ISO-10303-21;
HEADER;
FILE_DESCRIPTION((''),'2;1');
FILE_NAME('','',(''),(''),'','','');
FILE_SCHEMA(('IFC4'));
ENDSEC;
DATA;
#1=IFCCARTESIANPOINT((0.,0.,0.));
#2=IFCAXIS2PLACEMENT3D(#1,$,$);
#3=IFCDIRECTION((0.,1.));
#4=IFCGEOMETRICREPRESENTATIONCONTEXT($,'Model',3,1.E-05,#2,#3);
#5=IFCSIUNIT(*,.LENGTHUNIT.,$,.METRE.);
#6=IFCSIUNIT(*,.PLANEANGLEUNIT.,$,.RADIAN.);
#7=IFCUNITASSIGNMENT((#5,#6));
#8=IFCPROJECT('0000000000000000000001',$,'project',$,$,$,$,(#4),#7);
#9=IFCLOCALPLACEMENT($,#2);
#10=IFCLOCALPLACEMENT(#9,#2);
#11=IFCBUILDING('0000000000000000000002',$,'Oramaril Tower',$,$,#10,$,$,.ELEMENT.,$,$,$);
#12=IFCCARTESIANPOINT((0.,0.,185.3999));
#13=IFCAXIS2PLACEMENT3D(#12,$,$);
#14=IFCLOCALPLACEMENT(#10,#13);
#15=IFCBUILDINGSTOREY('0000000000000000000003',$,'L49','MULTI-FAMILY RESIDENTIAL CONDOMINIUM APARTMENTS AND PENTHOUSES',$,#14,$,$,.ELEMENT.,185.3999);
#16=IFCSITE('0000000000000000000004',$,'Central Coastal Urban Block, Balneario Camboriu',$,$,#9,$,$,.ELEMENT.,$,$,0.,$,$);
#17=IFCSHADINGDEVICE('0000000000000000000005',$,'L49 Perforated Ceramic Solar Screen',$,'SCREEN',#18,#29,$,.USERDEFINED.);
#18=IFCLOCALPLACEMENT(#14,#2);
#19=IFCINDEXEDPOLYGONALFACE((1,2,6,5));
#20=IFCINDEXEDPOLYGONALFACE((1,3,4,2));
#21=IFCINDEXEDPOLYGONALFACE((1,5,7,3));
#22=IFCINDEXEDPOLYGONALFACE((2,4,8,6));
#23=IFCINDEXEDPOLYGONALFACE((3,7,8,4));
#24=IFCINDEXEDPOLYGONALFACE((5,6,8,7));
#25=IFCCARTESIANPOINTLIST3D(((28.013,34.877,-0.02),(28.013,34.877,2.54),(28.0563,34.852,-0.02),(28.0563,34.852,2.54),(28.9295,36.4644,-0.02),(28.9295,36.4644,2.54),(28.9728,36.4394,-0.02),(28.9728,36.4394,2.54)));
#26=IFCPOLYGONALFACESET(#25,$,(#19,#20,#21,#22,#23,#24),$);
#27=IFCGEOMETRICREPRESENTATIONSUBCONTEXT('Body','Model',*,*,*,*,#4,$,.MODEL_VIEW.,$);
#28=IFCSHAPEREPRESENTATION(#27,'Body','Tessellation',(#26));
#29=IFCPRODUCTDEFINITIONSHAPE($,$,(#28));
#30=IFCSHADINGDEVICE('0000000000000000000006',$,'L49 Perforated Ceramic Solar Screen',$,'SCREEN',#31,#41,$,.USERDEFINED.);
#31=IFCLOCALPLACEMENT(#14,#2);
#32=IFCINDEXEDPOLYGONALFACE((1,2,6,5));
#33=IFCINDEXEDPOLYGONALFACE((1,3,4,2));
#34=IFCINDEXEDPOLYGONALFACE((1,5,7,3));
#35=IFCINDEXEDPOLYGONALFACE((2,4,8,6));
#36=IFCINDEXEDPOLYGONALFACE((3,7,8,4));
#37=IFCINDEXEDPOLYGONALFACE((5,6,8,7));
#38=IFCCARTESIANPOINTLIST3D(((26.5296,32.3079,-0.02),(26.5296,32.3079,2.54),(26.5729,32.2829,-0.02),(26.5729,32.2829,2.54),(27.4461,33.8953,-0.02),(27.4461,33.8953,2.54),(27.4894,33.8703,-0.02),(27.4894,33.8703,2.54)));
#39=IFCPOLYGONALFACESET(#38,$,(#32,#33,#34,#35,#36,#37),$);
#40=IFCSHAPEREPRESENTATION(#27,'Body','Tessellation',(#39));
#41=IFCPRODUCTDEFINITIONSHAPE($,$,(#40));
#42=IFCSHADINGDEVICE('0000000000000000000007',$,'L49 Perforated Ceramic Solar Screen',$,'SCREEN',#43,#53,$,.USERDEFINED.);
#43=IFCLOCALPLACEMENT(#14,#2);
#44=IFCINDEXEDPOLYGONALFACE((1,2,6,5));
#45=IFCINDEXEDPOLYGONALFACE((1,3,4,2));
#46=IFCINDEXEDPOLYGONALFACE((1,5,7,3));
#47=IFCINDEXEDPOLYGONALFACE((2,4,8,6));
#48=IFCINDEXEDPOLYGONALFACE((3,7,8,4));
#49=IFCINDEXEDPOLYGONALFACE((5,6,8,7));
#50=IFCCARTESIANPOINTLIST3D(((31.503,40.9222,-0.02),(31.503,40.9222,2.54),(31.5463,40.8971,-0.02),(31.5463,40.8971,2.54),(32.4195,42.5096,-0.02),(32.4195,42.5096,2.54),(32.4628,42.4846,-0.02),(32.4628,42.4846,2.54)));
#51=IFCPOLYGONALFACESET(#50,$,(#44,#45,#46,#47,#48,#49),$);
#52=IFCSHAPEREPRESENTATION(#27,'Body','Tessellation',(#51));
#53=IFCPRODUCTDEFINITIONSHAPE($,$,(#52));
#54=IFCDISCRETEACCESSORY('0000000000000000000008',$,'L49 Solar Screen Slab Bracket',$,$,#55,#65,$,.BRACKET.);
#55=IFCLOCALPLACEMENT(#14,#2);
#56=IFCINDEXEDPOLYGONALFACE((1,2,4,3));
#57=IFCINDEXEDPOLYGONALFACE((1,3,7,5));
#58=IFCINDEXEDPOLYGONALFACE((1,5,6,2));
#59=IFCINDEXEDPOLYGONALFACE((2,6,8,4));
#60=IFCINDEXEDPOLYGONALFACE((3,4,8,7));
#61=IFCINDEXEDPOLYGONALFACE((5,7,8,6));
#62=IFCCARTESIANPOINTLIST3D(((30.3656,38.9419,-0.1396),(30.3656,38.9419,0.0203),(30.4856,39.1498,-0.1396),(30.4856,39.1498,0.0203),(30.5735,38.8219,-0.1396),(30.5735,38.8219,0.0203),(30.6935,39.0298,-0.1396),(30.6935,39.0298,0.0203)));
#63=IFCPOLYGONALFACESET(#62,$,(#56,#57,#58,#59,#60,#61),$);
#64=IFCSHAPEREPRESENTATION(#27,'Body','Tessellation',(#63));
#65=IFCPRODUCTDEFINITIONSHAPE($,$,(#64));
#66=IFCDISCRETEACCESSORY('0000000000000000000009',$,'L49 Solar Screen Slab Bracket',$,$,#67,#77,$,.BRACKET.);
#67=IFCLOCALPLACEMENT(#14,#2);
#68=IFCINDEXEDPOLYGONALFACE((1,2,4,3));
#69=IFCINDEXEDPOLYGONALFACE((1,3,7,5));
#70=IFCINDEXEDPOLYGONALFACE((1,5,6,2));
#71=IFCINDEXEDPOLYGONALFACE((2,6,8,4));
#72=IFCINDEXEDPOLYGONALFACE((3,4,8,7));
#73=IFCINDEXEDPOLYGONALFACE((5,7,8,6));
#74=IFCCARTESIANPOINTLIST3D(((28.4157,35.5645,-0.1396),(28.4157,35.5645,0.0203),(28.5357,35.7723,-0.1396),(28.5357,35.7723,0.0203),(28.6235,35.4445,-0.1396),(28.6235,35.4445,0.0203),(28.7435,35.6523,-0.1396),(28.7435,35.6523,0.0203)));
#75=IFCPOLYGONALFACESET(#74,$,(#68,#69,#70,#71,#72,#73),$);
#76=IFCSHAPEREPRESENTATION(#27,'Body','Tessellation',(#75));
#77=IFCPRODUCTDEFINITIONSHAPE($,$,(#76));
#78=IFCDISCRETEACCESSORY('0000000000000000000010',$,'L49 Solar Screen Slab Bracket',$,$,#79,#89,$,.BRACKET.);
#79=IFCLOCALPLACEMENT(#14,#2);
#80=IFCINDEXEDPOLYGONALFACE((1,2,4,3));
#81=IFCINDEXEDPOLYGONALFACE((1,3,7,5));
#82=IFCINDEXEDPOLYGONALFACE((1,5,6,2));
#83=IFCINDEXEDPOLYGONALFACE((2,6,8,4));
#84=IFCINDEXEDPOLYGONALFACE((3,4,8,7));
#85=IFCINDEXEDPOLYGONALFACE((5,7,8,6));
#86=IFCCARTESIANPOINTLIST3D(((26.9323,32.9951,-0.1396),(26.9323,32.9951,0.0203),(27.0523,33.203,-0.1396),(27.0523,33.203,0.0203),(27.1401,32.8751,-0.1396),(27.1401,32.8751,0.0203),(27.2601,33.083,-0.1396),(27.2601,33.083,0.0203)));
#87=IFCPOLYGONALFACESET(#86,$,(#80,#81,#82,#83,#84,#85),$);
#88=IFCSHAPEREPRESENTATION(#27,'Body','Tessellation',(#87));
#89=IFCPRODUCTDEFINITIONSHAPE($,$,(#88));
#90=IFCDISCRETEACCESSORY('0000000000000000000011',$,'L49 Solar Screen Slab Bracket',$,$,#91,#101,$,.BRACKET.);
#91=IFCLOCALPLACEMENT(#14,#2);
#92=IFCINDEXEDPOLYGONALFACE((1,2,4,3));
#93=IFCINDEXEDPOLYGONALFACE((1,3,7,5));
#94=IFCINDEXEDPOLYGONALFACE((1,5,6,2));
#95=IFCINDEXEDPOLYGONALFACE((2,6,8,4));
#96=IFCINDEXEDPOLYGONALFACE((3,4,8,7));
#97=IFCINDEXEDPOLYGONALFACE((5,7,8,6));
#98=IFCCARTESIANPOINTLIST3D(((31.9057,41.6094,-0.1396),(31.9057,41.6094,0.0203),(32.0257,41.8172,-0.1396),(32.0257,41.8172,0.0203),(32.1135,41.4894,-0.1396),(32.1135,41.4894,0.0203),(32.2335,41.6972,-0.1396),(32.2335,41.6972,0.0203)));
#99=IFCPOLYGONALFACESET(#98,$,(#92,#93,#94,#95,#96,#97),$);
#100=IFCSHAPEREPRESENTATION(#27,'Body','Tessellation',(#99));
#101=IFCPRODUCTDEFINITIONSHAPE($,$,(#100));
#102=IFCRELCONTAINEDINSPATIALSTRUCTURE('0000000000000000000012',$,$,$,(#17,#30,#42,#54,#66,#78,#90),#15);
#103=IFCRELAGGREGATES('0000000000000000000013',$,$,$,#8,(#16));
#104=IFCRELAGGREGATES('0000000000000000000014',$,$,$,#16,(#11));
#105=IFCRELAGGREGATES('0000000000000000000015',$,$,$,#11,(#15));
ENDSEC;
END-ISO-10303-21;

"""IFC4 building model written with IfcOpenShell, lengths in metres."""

from ifc_helpers import new_model, si_unit, direction, frame, origin, origin_2d, place, context, subcontext, project, spatial, rectangle, extrude, element, save


model = new_model("IFC4")

# Units and contexts
model_context = context("Model", 3, precision=1e-05, world=origin(), true_north=direction((0.0, 1.0)))
body_context = subcontext(model_context, "Body", "Model", "MODEL_VIEW")
ifc_project = project(units=[si_unit("LENGTHUNIT", "METRE"), si_unit("PLANEANGLEUNIT", "RADIAN")], contexts=[model_context])

# Site, building, storey
site_placement = place(None, origin())
site = spatial("IfcSite", under=ifc_project, at=site_placement, Name="Central Coastal Urban Block, Balneario Camboriu", CompositionType="ELEMENT", RefElevation=0.0)
building_placement = place(site_placement, origin())
building = spatial("IfcBuilding", under=site, at=building_placement, Name="Oramaril Tower", CompositionType="ELEMENT")
storey_placement = place(building_placement, frame((0.0, 0.0, 185.3999)))
storey = spatial("IfcBuildingStorey", under=building, at=storey_placement, Name="L49", Description="MULTI-FAMILY RESIDENTIAL CONDOMINIUM APARTMENTS AND PENTHOUSES", CompositionType="ELEMENT", Elevation=185.3999)

# Shading devices
for number, where, z_axis, x_axis, name in (
    (1, (28.4929, 35.6582, -0.02), (0.0, 0.0, 1.0), (-0.5, -0.866025, 0.0), "L49 Perforated Ceramic Solar Screen"),
    (2, (27.0095, 33.0891, -0.02), (0.0, 0.0, 1.0), (-0.5, -0.866025, 0.0), "L49 Perforated Ceramic Solar Screen"),
    (3, (31.9829, 41.7034, -0.02), (0.0, 0.0, 1.0), (-0.5, -0.866025, 0.0), "L49 Perforated Ceramic Solar Screen"),
):
    element("IfcShadingDevice", number, at=place(storey_placement, frame(where, z_axis=z_axis, x_axis=x_axis)), inside=storey, Name=name, ObjectType="SCREEN", PredefinedType="USERDEFINED", context=body_context, shape_type="SweptSolid", body=[
        extrude(rectangle(XDim=1.833, YDim=0.05, at=origin_2d()), origin(), (0.0, 0.0, 1.0), 2.5601),
    ])

# Discrete accessories
for number, where, z_axis, x_axis, name in (
    (4, (30.5295, 38.9858, -0.1396), (0.0, 0.0, 1.0), (-0.5, -0.866025, 0.0), "L49 Solar Screen Slab Bracket"),
    (5, (28.5796, 35.6084, -0.1396), (0.0, 0.0, 1.0), (-0.5, -0.866025, 0.0), "L49 Solar Screen Slab Bracket"),
    (6, (27.0962, 33.0391, -0.1396), (0.0, 0.0, 1.0), (-0.5, -0.866025, 0.0), "L49 Solar Screen Slab Bracket"),
    (7, (32.0696, 41.6533, -0.1396), (0.0, 0.0, 1.0), (-0.5, -0.866025, 0.0), "L49 Solar Screen Slab Bracket"),
):
    element("IfcDiscreteAccessory", number, at=place(storey_placement, frame(where, z_axis=z_axis, x_axis=x_axis)), inside=storey, Name=name, PredefinedType="BRACKET", context=body_context, shape_type="SweptSolid", body=[
        extrude(rectangle(XDim=0.24, YDim=0.24, at=origin_2d()), origin(), (0.0, 0.0, 1.0), 0.1599),
    ])

save(model, "model.ifc")
